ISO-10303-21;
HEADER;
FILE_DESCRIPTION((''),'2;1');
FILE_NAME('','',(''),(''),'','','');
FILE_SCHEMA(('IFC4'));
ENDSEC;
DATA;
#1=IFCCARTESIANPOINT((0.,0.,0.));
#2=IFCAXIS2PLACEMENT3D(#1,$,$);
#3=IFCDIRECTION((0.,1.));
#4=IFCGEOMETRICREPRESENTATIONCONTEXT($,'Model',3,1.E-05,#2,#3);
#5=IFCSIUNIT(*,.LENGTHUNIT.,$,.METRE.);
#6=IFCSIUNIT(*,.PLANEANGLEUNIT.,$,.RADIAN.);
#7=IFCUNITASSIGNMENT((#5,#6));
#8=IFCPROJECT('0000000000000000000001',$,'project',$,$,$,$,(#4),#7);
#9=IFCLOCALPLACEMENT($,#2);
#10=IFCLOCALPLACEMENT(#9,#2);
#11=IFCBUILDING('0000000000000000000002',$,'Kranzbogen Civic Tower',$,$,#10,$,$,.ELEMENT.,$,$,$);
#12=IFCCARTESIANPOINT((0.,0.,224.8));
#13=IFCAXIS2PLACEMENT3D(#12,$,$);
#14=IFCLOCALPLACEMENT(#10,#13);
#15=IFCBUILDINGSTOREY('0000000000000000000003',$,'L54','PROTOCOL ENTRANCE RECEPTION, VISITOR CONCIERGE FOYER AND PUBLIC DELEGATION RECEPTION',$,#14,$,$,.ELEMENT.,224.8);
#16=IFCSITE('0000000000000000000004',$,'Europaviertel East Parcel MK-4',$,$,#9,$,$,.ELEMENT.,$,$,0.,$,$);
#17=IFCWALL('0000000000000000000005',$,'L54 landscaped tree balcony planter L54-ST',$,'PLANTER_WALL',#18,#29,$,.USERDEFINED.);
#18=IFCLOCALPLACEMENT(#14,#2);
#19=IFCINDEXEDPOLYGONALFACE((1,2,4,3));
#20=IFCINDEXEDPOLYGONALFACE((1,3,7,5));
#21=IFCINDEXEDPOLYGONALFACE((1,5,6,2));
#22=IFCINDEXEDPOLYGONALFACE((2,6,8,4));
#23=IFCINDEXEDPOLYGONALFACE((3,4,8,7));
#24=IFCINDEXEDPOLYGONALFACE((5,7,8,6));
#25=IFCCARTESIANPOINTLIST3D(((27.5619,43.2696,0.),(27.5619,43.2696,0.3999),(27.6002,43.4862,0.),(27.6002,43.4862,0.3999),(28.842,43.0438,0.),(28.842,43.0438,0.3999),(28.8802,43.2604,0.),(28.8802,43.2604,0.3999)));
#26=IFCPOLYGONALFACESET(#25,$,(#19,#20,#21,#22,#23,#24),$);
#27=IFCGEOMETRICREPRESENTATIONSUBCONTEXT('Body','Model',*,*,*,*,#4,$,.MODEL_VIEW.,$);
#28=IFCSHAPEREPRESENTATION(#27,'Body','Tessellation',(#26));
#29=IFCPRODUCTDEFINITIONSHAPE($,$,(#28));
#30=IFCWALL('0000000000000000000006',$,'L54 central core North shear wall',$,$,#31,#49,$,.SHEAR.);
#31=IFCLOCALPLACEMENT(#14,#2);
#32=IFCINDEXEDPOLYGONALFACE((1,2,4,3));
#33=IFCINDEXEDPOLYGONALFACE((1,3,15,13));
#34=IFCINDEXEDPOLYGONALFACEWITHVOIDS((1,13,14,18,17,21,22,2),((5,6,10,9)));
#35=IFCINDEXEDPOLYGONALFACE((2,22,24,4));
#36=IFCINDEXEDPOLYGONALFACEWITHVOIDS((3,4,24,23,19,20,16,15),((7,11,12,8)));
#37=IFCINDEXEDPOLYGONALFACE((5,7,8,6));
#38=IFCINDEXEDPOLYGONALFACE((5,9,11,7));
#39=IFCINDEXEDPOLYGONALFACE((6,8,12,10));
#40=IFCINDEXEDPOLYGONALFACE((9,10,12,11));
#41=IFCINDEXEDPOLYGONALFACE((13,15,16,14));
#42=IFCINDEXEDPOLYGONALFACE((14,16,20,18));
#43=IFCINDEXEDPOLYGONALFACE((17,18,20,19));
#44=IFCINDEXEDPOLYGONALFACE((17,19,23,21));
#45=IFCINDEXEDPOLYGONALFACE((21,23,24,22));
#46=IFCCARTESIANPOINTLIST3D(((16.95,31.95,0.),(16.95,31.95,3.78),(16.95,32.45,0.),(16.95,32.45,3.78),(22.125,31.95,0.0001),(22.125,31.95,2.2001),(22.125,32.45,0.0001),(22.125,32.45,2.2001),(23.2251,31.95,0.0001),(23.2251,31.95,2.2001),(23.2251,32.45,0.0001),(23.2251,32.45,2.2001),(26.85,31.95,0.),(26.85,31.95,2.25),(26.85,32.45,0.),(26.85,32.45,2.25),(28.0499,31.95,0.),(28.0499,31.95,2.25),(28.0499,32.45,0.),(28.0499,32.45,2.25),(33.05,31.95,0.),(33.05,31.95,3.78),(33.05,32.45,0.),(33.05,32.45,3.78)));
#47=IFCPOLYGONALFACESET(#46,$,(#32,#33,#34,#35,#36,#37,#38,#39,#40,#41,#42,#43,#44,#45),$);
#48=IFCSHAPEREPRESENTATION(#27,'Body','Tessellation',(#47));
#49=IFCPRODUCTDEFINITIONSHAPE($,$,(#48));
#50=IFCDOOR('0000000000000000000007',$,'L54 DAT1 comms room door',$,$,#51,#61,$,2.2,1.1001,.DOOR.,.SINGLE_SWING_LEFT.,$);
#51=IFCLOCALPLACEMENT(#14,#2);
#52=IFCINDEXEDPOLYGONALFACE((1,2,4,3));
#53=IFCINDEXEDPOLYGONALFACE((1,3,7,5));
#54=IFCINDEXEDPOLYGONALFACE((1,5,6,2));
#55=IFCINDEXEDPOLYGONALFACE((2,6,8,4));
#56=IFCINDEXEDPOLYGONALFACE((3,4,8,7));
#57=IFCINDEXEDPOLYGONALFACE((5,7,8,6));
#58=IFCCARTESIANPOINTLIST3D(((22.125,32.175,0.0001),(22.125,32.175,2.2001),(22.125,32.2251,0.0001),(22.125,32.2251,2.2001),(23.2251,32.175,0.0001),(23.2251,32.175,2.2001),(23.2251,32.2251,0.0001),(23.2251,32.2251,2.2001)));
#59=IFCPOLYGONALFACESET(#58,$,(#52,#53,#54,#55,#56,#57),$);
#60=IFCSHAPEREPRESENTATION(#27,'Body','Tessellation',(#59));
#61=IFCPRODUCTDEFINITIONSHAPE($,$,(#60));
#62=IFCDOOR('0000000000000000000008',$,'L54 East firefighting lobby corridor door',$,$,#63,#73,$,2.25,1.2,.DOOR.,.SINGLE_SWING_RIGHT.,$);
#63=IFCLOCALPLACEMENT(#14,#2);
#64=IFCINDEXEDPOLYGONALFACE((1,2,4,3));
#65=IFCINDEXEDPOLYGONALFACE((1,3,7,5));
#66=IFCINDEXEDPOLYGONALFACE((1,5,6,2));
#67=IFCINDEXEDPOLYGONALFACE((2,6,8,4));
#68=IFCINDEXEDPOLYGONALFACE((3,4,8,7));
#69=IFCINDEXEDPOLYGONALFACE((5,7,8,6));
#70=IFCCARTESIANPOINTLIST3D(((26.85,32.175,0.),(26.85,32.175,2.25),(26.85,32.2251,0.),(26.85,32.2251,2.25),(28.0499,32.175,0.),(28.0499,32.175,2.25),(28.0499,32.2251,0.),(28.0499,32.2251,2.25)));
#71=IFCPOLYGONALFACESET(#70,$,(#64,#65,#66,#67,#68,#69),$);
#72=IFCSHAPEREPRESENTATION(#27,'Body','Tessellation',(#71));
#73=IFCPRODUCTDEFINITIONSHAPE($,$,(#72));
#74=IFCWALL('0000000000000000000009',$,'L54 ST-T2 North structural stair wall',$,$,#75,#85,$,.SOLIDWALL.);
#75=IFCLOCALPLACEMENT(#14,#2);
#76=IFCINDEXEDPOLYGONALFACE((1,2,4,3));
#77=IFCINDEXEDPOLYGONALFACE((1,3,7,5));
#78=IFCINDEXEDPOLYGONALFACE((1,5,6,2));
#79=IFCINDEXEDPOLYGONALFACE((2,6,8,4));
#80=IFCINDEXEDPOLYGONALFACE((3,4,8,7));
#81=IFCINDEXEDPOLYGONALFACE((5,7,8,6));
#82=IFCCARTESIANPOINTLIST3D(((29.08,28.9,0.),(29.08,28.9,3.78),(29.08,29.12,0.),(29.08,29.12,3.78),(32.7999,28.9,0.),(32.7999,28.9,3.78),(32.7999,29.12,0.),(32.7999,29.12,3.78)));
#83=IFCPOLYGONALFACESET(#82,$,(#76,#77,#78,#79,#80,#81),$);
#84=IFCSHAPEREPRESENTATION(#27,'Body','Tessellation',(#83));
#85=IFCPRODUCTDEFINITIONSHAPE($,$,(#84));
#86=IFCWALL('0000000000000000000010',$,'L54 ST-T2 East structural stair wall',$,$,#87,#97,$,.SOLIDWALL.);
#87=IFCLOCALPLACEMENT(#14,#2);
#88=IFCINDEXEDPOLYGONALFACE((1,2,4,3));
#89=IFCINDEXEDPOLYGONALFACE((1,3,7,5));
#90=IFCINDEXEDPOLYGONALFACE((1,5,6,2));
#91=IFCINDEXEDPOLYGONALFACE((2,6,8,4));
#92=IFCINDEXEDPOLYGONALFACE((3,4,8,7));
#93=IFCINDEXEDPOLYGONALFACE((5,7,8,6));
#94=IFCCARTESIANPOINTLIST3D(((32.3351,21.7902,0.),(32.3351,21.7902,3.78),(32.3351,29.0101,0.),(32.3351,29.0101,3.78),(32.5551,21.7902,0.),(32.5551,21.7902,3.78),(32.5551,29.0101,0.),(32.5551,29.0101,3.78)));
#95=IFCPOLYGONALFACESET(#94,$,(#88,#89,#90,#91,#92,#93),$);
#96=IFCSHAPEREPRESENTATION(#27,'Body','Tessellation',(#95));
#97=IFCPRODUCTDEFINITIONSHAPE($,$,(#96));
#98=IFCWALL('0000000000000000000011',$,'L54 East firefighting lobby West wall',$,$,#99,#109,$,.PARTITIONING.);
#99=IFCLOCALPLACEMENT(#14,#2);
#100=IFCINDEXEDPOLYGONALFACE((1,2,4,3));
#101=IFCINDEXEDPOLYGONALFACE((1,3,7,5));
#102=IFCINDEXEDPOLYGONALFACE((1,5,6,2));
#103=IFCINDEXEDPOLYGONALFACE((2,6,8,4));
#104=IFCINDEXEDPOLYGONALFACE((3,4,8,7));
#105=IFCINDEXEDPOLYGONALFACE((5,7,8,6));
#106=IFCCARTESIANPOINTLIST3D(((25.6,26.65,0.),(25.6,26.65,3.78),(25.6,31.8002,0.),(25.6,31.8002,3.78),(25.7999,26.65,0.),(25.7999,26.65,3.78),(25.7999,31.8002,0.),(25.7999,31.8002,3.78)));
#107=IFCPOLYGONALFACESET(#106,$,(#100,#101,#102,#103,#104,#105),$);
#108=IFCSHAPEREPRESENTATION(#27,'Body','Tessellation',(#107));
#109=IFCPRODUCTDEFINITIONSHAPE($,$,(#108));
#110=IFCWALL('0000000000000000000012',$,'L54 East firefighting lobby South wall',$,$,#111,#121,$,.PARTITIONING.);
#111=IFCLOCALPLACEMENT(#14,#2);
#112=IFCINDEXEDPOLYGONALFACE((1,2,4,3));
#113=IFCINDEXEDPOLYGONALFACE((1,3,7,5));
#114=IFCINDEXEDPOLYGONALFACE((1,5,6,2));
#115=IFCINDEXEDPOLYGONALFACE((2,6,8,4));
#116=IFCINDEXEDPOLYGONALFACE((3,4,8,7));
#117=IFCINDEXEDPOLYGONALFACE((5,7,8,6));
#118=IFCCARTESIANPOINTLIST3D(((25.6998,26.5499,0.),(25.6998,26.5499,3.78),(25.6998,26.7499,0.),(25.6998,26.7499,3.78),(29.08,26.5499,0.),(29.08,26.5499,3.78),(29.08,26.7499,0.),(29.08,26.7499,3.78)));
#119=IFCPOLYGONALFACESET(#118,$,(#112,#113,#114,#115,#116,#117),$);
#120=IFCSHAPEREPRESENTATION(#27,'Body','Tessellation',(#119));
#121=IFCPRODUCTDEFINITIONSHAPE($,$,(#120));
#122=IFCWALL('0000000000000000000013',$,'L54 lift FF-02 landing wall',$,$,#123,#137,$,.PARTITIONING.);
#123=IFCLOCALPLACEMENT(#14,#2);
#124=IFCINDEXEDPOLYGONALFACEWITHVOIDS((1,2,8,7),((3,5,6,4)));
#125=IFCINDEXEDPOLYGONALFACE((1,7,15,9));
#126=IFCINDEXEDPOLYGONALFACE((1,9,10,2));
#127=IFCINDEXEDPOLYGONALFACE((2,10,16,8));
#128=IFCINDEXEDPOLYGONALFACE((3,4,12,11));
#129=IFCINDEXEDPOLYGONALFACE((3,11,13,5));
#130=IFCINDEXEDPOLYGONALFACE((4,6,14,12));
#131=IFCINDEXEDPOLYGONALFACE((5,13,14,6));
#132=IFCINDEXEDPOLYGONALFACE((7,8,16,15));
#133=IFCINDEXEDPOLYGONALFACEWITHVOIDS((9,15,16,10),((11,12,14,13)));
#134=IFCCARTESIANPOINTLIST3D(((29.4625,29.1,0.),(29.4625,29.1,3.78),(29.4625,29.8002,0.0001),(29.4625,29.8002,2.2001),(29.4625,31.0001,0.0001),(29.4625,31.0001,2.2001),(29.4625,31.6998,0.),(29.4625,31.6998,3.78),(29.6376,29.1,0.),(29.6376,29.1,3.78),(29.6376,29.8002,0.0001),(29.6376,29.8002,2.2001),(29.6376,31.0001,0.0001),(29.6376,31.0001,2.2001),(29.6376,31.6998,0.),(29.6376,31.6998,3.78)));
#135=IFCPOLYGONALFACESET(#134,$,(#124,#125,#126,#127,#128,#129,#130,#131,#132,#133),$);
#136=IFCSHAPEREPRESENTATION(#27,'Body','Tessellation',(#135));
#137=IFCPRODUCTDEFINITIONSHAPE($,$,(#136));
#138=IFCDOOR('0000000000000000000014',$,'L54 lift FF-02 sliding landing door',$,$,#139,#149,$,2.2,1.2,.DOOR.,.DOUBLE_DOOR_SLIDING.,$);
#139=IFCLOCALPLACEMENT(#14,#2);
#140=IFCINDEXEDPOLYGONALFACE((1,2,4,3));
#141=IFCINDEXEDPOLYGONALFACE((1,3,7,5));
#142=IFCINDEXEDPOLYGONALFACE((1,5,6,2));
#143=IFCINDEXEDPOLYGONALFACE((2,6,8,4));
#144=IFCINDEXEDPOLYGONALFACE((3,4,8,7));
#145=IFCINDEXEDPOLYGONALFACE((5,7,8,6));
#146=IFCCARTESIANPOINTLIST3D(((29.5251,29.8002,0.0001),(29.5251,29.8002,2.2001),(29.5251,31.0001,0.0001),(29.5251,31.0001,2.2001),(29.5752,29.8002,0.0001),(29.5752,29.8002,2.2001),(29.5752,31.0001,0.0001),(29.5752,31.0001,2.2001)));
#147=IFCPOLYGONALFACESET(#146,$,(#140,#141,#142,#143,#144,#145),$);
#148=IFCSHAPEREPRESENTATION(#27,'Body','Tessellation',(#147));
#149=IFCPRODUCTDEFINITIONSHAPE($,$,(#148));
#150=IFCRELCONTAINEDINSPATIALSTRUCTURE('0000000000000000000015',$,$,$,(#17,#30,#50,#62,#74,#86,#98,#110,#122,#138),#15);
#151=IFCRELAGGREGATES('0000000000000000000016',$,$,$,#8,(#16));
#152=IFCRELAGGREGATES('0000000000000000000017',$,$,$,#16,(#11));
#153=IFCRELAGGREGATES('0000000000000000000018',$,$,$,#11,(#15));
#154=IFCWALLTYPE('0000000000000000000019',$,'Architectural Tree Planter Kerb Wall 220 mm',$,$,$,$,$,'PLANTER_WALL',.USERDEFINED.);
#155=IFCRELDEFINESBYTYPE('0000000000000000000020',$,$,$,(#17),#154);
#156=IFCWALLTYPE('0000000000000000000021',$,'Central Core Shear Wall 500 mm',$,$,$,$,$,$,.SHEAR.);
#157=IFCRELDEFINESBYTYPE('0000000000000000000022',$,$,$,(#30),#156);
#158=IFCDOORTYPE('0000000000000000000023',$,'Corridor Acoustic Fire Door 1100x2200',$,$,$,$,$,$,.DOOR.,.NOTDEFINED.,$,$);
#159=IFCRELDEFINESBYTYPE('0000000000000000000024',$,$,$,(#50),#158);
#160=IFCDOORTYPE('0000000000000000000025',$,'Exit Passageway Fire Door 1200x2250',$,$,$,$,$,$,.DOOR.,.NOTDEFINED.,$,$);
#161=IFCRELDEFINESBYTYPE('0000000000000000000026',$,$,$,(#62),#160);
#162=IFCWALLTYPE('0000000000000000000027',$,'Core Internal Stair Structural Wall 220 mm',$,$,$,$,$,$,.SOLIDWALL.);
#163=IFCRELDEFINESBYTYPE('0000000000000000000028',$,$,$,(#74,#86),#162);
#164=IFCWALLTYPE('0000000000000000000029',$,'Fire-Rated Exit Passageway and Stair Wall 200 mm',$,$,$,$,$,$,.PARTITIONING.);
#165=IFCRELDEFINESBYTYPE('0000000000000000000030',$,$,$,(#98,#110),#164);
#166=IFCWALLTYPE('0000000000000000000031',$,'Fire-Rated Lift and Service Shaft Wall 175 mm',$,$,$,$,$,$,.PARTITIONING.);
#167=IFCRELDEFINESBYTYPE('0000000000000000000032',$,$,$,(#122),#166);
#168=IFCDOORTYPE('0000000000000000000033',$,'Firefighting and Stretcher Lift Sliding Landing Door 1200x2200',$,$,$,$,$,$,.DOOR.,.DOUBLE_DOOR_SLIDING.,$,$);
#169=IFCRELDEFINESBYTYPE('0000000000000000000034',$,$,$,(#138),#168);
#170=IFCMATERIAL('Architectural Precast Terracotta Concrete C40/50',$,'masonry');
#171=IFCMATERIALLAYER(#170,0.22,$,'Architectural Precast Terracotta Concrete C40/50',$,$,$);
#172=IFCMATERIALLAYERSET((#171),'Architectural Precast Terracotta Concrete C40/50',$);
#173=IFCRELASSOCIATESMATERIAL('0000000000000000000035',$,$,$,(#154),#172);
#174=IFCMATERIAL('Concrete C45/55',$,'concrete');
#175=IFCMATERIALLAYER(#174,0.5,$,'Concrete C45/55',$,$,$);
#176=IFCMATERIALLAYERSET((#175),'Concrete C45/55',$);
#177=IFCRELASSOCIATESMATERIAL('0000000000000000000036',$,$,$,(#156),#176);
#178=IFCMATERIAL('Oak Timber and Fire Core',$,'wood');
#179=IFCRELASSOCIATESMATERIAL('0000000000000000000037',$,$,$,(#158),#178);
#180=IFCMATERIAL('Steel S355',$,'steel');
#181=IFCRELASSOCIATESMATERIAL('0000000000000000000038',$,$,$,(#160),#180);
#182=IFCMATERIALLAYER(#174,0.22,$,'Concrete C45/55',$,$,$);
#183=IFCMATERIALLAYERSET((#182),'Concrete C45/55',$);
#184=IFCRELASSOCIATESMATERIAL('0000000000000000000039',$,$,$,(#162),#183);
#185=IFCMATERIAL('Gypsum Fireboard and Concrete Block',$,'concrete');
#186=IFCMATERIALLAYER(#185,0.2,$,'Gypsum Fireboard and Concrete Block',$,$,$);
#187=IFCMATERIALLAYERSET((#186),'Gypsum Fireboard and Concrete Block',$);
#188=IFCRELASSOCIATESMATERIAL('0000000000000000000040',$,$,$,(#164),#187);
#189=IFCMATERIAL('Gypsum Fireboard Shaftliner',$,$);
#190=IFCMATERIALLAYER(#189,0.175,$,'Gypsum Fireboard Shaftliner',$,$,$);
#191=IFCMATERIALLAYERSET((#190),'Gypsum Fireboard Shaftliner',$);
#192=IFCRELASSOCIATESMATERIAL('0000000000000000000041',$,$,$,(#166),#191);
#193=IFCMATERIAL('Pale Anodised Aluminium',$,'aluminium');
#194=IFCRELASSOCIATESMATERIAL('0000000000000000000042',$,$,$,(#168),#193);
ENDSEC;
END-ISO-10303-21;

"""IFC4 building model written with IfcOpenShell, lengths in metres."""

from ifc_helpers import new_model, si_unit, direction, frame, frame_2d, origin, place, context, subcontext, project, spatial, rectangle, extrude, material, layer, layer_set, type_object, element, fill, save


model = new_model("IFC4")

# Units and contexts
model_context = context("Model", 3, precision=1e-05, world=origin(), true_north=direction((0.0, 1.0)))
body_context = subcontext(model_context, "Body", "Model", "MODEL_VIEW")
ifc_project = project(units=[si_unit("LENGTHUNIT", "METRE"), si_unit("PLANEANGLEUNIT", "RADIAN")], contexts=[model_context])

# Site, building, storey
site_placement = place(None, origin())
site = spatial("IfcSite", under=ifc_project, at=site_placement, Name="Europaviertel East Parcel MK-4", CompositionType="ELEMENT", RefElevation=0.0)
building_placement = place(site_placement, origin())
building = spatial("IfcBuilding", under=site, at=building_placement, Name="Kranzbogen Civic Tower", CompositionType="ELEMENT")
storey_placement = place(building_placement, frame((0.0, 0.0, 224.8)))
storey = spatial("IfcBuildingStorey", under=building, at=storey_placement, Name="L54", Description="PROTOCOL ENTRANCE RECEPTION, VISITOR CONCIERGE FOYER AND PUBLIC DELEGATION RECEPTION", CompositionType="ELEMENT", Elevation=224.8)

# Shared definitions
ifc_material_1 = material(Name="Steel S355", Category="steel")

# Shared definitions
ifc_material_2 = material(Name="Pale Anodised Aluminium", Category="aluminium")

# Wall
ifc_material_3 = material(Name="Architectural Precast Terracotta Concrete C40/50", Category="masonry")
ifc_layer_1 = layer(ifc_material_3, 0.22, Name="Architectural Precast Terracotta Concrete C40/50")
ifc_layer_set_1 = layer_set([ifc_layer_1], Name="Architectural Precast Terracotta Concrete C40/50")
wall_type_1 = type_object("IfcWallType", Name="Architectural Tree Planter Kerb Wall 220 mm", ElementType="PLANTER_WALL", PredefinedType="USERDEFINED", material=ifc_layer_set_1)
wall_1_placement = place(storey_placement, frame((28.8611, 43.1521, 0.0), z_axis=(0.0, 0.0, 1.0), x_axis=(-0.984791, 0.173742, 0.0)))
element("IfcWall", 1, at=wall_1_placement, inside=storey, type_object=wall_type_1, Name="L54 landscaped tree balcony planter L54-ST", ObjectType="PLANTER_WALL", PredefinedType="USERDEFINED", context=body_context, shape_type="SweptSolid", body=[
    extrude(rectangle(XDim=1.2998, YDim=0.22, at=frame_2d((0.6499, 0.0))), origin(), (0.0, 0.0, 1.0), 0.3999),
])

# Wall, openings, doors
ifc_material_4 = material(Name="Concrete C45/55", Category="concrete")
ifc_layer_2 = layer(ifc_material_4, 0.5, Name="Concrete C45/55")
ifc_layer_set_2 = layer_set([ifc_layer_2], Name="Concrete C45/55")
wall_type_2 = type_object("IfcWallType", Name="Central Core Shear Wall 500 mm", PredefinedType="SHEAR", material=ifc_layer_set_2)
wall_2_placement = place(storey_placement, frame((33.05, 32.2, 0.0), z_axis=(0.0, 0.0, 1.0), x_axis=(-1.0, 0.0, 0.0)))
wall_2 = element("IfcWall", 2, at=wall_2_placement, inside=storey, type_object=wall_type_2, Name="L54 central core North shear wall", PredefinedType="SHEAR", context=body_context, shape_type="SweptSolid", body=[
    extrude(rectangle(XDim=16.1001, YDim=0.5, at=frame_2d((8.05, 0.0))), origin(), (0.0, 0.0, 1.0), 3.78),
])
opening_1_placement = place(wall_2_placement, frame((5.0, 0.0, 0.0)))
opening_1 = element("IfcOpeningElement", 3, at=opening_1_placement, cuts=wall_2, PredefinedType="OPENING", context=body_context, shape_type="SweptSolid", body=[
    extrude(rectangle(XDim=1.2, YDim=2.25, at=frame_2d((0.6001, 1.125))), frame((0.0, 0.26, 0.0), z_axis=(0.0, -1.0, 0.0), x_axis=(1.0, 0.0, 0.0)), (0.0, 0.0, 1.0), 0.52),
])
opening_2_placement = place(wall_2_placement, frame((9.825, 0.0, 0.0)))
opening_2 = element("IfcOpeningElement", 4, at=opening_2_placement, cuts=wall_2, PredefinedType="OPENING", context=body_context, shape_type="SweptSolid", body=[
    extrude(rectangle(XDim=1.1001, YDim=2.2, at=frame_2d((0.55, 1.1001))), frame((0.0, 0.26, 0.0), z_axis=(0.0, -1.0, 0.0), x_axis=(1.0, 0.0, 0.0)), (0.0, 0.0, 1.0), 0.52),
])
ifc_material_5 = material(Name="Oak Timber and Fire Core", Category="wood")
door_type_1 = type_object("IfcDoorType", Name="Corridor Acoustic Fire Door 1100x2200", OperationType="NOTDEFINED", PredefinedType="DOOR", material=ifc_material_5)
door_1_placement = place(opening_2_placement, origin())
door_1 = element("IfcDoor", 5, at=door_1_placement, inside=storey, type_object=door_type_1, Name="L54 DAT1 comms room door", OperationType="SINGLE_SWING_LEFT", OverallHeight=2.2, OverallWidth=1.1001, PredefinedType="DOOR", context=body_context, shape_type="SweptSolid", body=[
    extrude(rectangle(XDim=1.1001, YDim=2.2, at=frame_2d((0.55, 1.1001))), frame((0.0, 0.0249, 0.0), z_axis=(0.0, -1.0, 0.0), x_axis=(1.0, 0.0, 0.0)), (0.0, 0.0, 1.0), 0.05),
])
fill(opening_2, door_1)
door_type_2 = type_object("IfcDoorType", Name="Exit Passageway Fire Door 1200x2250", OperationType="NOTDEFINED", PredefinedType="DOOR", material=ifc_material_1)
door_2_placement = place(opening_1_placement, origin())
door_2 = element("IfcDoor", 6, at=door_2_placement, inside=storey, type_object=door_type_2, Name="L54 East firefighting lobby corridor door", OperationType="SINGLE_SWING_RIGHT", OverallHeight=2.25, OverallWidth=1.2, PredefinedType="DOOR", context=body_context, shape_type="SweptSolid", body=[
    extrude(rectangle(XDim=1.2, YDim=2.25, at=frame_2d((0.6001, 1.125))), frame((0.0, 0.0249, 0.0), z_axis=(0.0, -1.0, 0.0), x_axis=(1.0, 0.0, 0.0)), (0.0, 0.0, 1.0), 0.05),
])
fill(opening_1, door_2)

# Walls
ifc_layer_3 = layer(ifc_material_4, 0.22, Name="Concrete C45/55")
ifc_layer_set_3 = layer_set([ifc_layer_3], Name="Concrete C45/55")
wall_type_3 = type_object("IfcWallType", Name="Core Internal Stair Structural Wall 220 mm", PredefinedType="SOLIDWALL", material=ifc_layer_set_3)
wall_3_placement = place(storey_placement, frame((29.0801, 29.01, 0.0), z_axis=(0.0, 0.0, 1.0), x_axis=(1.0, 0.0, 0.0)))
element("IfcWall", 7, at=wall_3_placement, inside=storey, type_object=wall_type_3, Name="L54 ST-T2 North structural stair wall", PredefinedType="SOLIDWALL", context=body_context, shape_type="SweptSolid", body=[
    extrude(rectangle(XDim=3.72, YDim=0.22, at=frame_2d((1.8599, 0.0))), origin(), (0.0, 0.0, 1.0), 3.78),
])
wall_4_placement = place(storey_placement, frame((32.4451, 29.01, 0.0), z_axis=(0.0, 0.0, 1.0), x_axis=(0.0, -1.0, 0.0)))
element("IfcWall", 8, at=wall_4_placement, inside=storey, type_object=wall_type_3, Name="L54 ST-T2 East structural stair wall", PredefinedType="SOLIDWALL", context=body_context, shape_type="SweptSolid", body=[
    extrude(rectangle(XDim=7.22, YDim=0.22, at=frame_2d((3.6099, 0.0))), origin(), (0.0, 0.0, 1.0), 3.78),
])
ifc_material_6 = material(Name="Gypsum Fireboard and Concrete Block", Category="concrete")
ifc_layer_4 = layer(ifc_material_6, 0.2, Name="Gypsum Fireboard and Concrete Block")
ifc_layer_set_4 = layer_set([ifc_layer_4], Name="Gypsum Fireboard and Concrete Block")
wall_type_4 = type_object("IfcWallType", Name="Fire-Rated Exit Passageway and Stair Wall 200 mm", PredefinedType="PARTITIONING", material=ifc_layer_set_4)
wall_5_placement = place(storey_placement, frame((25.7, 26.6499, 0.0), z_axis=(0.0, 0.0, 1.0), x_axis=(0.0, 1.0, 0.0)))
element("IfcWall", 9, at=wall_5_placement, inside=storey, type_object=wall_type_4, Name="L54 East firefighting lobby West wall", PredefinedType="PARTITIONING", context=body_context, shape_type="SweptSolid", body=[
    extrude(rectangle(XDim=5.1501, YDim=0.2, at=frame_2d((2.5752, 0.0))), origin(), (0.0, 0.0, 1.0), 3.78),
])
wall_6_placement = place(storey_placement, frame((25.7, 26.6499, 0.0), z_axis=(0.0, 0.0, 1.0), x_axis=(1.0, 0.0, 0.0)))
element("IfcWall", 10, at=wall_6_placement, inside=storey, type_object=wall_type_4, Name="L54 East firefighting lobby South wall", PredefinedType="PARTITIONING", context=body_context, shape_type="SweptSolid", body=[
    extrude(rectangle(XDim=3.3801, YDim=0.2, at=frame_2d((1.6899, 0.0))), origin(), (0.0, 0.0, 1.0), 3.78),
])

# Wall, opening, door
ifc_material_7 = material(Name="Gypsum Fireboard Shaftliner")
ifc_layer_5 = layer(ifc_material_7, 0.175, Name="Gypsum Fireboard Shaftliner")
ifc_layer_set_5 = layer_set([ifc_layer_5], Name="Gypsum Fireboard Shaftliner")
wall_type_5 = type_object("IfcWallType", Name="Fire-Rated Lift and Service Shaft Wall 175 mm", PredefinedType="PARTITIONING", material=ifc_layer_set_5)
wall_7_placement = place(storey_placement, frame((29.55, 29.1001, 0.0), z_axis=(0.0, 0.0, 1.0), x_axis=(0.0, 1.0, 0.0)))
wall_7 = element("IfcWall", 11, at=wall_7_placement, inside=storey, type_object=wall_type_5, Name="L54 lift FF-02 landing wall", PredefinedType="PARTITIONING", context=body_context, shape_type="SweptSolid", body=[
    extrude(rectangle(XDim=2.5999, YDim=0.175, at=frame_2d((1.2998, 0.0))), origin(), (0.0, 0.0, 1.0), 3.78),
])
opening_3_placement = place(wall_7_placement, frame((0.7, 0.0, 0.0)))
opening_3 = element("IfcOpeningElement", 12, at=opening_3_placement, cuts=wall_7, PredefinedType="OPENING", context=body_context, shape_type="SweptSolid", body=[
    extrude(rectangle(XDim=1.2, YDim=2.2, at=frame_2d((0.6001, 1.1001))), frame((0.0, 0.0977, 0.0), z_axis=(0.0, -1.0, 0.0), x_axis=(1.0, 0.0, 0.0)), (0.0, 0.0, 1.0), 0.1951),
])
door_type_3 = type_object("IfcDoorType", Name="Firefighting and Stretcher Lift Sliding Landing Door 1200x2200", OperationType="DOUBLE_DOOR_SLIDING", PredefinedType="DOOR", material=ifc_material_2)
door_3_placement = place(opening_3_placement, origin())
door_3 = element("IfcDoor", 13, at=door_3_placement, inside=storey, type_object=door_type_3, Name="L54 lift FF-02 sliding landing door", OperationType="DOUBLE_DOOR_SLIDING", OverallHeight=2.2, OverallWidth=1.2, PredefinedType="DOOR", context=body_context, shape_type="SweptSolid", body=[
    extrude(rectangle(XDim=1.2, YDim=2.2, at=frame_2d((0.6001, 1.1001))), frame((0.0, 0.0249, 0.0), z_axis=(0.0, -1.0, 0.0), x_axis=(1.0, 0.0, 0.0)), (0.0, 0.0, 1.0), 0.05),
])
fill(opening_3, door_3)

save(model, "model.ifc")
